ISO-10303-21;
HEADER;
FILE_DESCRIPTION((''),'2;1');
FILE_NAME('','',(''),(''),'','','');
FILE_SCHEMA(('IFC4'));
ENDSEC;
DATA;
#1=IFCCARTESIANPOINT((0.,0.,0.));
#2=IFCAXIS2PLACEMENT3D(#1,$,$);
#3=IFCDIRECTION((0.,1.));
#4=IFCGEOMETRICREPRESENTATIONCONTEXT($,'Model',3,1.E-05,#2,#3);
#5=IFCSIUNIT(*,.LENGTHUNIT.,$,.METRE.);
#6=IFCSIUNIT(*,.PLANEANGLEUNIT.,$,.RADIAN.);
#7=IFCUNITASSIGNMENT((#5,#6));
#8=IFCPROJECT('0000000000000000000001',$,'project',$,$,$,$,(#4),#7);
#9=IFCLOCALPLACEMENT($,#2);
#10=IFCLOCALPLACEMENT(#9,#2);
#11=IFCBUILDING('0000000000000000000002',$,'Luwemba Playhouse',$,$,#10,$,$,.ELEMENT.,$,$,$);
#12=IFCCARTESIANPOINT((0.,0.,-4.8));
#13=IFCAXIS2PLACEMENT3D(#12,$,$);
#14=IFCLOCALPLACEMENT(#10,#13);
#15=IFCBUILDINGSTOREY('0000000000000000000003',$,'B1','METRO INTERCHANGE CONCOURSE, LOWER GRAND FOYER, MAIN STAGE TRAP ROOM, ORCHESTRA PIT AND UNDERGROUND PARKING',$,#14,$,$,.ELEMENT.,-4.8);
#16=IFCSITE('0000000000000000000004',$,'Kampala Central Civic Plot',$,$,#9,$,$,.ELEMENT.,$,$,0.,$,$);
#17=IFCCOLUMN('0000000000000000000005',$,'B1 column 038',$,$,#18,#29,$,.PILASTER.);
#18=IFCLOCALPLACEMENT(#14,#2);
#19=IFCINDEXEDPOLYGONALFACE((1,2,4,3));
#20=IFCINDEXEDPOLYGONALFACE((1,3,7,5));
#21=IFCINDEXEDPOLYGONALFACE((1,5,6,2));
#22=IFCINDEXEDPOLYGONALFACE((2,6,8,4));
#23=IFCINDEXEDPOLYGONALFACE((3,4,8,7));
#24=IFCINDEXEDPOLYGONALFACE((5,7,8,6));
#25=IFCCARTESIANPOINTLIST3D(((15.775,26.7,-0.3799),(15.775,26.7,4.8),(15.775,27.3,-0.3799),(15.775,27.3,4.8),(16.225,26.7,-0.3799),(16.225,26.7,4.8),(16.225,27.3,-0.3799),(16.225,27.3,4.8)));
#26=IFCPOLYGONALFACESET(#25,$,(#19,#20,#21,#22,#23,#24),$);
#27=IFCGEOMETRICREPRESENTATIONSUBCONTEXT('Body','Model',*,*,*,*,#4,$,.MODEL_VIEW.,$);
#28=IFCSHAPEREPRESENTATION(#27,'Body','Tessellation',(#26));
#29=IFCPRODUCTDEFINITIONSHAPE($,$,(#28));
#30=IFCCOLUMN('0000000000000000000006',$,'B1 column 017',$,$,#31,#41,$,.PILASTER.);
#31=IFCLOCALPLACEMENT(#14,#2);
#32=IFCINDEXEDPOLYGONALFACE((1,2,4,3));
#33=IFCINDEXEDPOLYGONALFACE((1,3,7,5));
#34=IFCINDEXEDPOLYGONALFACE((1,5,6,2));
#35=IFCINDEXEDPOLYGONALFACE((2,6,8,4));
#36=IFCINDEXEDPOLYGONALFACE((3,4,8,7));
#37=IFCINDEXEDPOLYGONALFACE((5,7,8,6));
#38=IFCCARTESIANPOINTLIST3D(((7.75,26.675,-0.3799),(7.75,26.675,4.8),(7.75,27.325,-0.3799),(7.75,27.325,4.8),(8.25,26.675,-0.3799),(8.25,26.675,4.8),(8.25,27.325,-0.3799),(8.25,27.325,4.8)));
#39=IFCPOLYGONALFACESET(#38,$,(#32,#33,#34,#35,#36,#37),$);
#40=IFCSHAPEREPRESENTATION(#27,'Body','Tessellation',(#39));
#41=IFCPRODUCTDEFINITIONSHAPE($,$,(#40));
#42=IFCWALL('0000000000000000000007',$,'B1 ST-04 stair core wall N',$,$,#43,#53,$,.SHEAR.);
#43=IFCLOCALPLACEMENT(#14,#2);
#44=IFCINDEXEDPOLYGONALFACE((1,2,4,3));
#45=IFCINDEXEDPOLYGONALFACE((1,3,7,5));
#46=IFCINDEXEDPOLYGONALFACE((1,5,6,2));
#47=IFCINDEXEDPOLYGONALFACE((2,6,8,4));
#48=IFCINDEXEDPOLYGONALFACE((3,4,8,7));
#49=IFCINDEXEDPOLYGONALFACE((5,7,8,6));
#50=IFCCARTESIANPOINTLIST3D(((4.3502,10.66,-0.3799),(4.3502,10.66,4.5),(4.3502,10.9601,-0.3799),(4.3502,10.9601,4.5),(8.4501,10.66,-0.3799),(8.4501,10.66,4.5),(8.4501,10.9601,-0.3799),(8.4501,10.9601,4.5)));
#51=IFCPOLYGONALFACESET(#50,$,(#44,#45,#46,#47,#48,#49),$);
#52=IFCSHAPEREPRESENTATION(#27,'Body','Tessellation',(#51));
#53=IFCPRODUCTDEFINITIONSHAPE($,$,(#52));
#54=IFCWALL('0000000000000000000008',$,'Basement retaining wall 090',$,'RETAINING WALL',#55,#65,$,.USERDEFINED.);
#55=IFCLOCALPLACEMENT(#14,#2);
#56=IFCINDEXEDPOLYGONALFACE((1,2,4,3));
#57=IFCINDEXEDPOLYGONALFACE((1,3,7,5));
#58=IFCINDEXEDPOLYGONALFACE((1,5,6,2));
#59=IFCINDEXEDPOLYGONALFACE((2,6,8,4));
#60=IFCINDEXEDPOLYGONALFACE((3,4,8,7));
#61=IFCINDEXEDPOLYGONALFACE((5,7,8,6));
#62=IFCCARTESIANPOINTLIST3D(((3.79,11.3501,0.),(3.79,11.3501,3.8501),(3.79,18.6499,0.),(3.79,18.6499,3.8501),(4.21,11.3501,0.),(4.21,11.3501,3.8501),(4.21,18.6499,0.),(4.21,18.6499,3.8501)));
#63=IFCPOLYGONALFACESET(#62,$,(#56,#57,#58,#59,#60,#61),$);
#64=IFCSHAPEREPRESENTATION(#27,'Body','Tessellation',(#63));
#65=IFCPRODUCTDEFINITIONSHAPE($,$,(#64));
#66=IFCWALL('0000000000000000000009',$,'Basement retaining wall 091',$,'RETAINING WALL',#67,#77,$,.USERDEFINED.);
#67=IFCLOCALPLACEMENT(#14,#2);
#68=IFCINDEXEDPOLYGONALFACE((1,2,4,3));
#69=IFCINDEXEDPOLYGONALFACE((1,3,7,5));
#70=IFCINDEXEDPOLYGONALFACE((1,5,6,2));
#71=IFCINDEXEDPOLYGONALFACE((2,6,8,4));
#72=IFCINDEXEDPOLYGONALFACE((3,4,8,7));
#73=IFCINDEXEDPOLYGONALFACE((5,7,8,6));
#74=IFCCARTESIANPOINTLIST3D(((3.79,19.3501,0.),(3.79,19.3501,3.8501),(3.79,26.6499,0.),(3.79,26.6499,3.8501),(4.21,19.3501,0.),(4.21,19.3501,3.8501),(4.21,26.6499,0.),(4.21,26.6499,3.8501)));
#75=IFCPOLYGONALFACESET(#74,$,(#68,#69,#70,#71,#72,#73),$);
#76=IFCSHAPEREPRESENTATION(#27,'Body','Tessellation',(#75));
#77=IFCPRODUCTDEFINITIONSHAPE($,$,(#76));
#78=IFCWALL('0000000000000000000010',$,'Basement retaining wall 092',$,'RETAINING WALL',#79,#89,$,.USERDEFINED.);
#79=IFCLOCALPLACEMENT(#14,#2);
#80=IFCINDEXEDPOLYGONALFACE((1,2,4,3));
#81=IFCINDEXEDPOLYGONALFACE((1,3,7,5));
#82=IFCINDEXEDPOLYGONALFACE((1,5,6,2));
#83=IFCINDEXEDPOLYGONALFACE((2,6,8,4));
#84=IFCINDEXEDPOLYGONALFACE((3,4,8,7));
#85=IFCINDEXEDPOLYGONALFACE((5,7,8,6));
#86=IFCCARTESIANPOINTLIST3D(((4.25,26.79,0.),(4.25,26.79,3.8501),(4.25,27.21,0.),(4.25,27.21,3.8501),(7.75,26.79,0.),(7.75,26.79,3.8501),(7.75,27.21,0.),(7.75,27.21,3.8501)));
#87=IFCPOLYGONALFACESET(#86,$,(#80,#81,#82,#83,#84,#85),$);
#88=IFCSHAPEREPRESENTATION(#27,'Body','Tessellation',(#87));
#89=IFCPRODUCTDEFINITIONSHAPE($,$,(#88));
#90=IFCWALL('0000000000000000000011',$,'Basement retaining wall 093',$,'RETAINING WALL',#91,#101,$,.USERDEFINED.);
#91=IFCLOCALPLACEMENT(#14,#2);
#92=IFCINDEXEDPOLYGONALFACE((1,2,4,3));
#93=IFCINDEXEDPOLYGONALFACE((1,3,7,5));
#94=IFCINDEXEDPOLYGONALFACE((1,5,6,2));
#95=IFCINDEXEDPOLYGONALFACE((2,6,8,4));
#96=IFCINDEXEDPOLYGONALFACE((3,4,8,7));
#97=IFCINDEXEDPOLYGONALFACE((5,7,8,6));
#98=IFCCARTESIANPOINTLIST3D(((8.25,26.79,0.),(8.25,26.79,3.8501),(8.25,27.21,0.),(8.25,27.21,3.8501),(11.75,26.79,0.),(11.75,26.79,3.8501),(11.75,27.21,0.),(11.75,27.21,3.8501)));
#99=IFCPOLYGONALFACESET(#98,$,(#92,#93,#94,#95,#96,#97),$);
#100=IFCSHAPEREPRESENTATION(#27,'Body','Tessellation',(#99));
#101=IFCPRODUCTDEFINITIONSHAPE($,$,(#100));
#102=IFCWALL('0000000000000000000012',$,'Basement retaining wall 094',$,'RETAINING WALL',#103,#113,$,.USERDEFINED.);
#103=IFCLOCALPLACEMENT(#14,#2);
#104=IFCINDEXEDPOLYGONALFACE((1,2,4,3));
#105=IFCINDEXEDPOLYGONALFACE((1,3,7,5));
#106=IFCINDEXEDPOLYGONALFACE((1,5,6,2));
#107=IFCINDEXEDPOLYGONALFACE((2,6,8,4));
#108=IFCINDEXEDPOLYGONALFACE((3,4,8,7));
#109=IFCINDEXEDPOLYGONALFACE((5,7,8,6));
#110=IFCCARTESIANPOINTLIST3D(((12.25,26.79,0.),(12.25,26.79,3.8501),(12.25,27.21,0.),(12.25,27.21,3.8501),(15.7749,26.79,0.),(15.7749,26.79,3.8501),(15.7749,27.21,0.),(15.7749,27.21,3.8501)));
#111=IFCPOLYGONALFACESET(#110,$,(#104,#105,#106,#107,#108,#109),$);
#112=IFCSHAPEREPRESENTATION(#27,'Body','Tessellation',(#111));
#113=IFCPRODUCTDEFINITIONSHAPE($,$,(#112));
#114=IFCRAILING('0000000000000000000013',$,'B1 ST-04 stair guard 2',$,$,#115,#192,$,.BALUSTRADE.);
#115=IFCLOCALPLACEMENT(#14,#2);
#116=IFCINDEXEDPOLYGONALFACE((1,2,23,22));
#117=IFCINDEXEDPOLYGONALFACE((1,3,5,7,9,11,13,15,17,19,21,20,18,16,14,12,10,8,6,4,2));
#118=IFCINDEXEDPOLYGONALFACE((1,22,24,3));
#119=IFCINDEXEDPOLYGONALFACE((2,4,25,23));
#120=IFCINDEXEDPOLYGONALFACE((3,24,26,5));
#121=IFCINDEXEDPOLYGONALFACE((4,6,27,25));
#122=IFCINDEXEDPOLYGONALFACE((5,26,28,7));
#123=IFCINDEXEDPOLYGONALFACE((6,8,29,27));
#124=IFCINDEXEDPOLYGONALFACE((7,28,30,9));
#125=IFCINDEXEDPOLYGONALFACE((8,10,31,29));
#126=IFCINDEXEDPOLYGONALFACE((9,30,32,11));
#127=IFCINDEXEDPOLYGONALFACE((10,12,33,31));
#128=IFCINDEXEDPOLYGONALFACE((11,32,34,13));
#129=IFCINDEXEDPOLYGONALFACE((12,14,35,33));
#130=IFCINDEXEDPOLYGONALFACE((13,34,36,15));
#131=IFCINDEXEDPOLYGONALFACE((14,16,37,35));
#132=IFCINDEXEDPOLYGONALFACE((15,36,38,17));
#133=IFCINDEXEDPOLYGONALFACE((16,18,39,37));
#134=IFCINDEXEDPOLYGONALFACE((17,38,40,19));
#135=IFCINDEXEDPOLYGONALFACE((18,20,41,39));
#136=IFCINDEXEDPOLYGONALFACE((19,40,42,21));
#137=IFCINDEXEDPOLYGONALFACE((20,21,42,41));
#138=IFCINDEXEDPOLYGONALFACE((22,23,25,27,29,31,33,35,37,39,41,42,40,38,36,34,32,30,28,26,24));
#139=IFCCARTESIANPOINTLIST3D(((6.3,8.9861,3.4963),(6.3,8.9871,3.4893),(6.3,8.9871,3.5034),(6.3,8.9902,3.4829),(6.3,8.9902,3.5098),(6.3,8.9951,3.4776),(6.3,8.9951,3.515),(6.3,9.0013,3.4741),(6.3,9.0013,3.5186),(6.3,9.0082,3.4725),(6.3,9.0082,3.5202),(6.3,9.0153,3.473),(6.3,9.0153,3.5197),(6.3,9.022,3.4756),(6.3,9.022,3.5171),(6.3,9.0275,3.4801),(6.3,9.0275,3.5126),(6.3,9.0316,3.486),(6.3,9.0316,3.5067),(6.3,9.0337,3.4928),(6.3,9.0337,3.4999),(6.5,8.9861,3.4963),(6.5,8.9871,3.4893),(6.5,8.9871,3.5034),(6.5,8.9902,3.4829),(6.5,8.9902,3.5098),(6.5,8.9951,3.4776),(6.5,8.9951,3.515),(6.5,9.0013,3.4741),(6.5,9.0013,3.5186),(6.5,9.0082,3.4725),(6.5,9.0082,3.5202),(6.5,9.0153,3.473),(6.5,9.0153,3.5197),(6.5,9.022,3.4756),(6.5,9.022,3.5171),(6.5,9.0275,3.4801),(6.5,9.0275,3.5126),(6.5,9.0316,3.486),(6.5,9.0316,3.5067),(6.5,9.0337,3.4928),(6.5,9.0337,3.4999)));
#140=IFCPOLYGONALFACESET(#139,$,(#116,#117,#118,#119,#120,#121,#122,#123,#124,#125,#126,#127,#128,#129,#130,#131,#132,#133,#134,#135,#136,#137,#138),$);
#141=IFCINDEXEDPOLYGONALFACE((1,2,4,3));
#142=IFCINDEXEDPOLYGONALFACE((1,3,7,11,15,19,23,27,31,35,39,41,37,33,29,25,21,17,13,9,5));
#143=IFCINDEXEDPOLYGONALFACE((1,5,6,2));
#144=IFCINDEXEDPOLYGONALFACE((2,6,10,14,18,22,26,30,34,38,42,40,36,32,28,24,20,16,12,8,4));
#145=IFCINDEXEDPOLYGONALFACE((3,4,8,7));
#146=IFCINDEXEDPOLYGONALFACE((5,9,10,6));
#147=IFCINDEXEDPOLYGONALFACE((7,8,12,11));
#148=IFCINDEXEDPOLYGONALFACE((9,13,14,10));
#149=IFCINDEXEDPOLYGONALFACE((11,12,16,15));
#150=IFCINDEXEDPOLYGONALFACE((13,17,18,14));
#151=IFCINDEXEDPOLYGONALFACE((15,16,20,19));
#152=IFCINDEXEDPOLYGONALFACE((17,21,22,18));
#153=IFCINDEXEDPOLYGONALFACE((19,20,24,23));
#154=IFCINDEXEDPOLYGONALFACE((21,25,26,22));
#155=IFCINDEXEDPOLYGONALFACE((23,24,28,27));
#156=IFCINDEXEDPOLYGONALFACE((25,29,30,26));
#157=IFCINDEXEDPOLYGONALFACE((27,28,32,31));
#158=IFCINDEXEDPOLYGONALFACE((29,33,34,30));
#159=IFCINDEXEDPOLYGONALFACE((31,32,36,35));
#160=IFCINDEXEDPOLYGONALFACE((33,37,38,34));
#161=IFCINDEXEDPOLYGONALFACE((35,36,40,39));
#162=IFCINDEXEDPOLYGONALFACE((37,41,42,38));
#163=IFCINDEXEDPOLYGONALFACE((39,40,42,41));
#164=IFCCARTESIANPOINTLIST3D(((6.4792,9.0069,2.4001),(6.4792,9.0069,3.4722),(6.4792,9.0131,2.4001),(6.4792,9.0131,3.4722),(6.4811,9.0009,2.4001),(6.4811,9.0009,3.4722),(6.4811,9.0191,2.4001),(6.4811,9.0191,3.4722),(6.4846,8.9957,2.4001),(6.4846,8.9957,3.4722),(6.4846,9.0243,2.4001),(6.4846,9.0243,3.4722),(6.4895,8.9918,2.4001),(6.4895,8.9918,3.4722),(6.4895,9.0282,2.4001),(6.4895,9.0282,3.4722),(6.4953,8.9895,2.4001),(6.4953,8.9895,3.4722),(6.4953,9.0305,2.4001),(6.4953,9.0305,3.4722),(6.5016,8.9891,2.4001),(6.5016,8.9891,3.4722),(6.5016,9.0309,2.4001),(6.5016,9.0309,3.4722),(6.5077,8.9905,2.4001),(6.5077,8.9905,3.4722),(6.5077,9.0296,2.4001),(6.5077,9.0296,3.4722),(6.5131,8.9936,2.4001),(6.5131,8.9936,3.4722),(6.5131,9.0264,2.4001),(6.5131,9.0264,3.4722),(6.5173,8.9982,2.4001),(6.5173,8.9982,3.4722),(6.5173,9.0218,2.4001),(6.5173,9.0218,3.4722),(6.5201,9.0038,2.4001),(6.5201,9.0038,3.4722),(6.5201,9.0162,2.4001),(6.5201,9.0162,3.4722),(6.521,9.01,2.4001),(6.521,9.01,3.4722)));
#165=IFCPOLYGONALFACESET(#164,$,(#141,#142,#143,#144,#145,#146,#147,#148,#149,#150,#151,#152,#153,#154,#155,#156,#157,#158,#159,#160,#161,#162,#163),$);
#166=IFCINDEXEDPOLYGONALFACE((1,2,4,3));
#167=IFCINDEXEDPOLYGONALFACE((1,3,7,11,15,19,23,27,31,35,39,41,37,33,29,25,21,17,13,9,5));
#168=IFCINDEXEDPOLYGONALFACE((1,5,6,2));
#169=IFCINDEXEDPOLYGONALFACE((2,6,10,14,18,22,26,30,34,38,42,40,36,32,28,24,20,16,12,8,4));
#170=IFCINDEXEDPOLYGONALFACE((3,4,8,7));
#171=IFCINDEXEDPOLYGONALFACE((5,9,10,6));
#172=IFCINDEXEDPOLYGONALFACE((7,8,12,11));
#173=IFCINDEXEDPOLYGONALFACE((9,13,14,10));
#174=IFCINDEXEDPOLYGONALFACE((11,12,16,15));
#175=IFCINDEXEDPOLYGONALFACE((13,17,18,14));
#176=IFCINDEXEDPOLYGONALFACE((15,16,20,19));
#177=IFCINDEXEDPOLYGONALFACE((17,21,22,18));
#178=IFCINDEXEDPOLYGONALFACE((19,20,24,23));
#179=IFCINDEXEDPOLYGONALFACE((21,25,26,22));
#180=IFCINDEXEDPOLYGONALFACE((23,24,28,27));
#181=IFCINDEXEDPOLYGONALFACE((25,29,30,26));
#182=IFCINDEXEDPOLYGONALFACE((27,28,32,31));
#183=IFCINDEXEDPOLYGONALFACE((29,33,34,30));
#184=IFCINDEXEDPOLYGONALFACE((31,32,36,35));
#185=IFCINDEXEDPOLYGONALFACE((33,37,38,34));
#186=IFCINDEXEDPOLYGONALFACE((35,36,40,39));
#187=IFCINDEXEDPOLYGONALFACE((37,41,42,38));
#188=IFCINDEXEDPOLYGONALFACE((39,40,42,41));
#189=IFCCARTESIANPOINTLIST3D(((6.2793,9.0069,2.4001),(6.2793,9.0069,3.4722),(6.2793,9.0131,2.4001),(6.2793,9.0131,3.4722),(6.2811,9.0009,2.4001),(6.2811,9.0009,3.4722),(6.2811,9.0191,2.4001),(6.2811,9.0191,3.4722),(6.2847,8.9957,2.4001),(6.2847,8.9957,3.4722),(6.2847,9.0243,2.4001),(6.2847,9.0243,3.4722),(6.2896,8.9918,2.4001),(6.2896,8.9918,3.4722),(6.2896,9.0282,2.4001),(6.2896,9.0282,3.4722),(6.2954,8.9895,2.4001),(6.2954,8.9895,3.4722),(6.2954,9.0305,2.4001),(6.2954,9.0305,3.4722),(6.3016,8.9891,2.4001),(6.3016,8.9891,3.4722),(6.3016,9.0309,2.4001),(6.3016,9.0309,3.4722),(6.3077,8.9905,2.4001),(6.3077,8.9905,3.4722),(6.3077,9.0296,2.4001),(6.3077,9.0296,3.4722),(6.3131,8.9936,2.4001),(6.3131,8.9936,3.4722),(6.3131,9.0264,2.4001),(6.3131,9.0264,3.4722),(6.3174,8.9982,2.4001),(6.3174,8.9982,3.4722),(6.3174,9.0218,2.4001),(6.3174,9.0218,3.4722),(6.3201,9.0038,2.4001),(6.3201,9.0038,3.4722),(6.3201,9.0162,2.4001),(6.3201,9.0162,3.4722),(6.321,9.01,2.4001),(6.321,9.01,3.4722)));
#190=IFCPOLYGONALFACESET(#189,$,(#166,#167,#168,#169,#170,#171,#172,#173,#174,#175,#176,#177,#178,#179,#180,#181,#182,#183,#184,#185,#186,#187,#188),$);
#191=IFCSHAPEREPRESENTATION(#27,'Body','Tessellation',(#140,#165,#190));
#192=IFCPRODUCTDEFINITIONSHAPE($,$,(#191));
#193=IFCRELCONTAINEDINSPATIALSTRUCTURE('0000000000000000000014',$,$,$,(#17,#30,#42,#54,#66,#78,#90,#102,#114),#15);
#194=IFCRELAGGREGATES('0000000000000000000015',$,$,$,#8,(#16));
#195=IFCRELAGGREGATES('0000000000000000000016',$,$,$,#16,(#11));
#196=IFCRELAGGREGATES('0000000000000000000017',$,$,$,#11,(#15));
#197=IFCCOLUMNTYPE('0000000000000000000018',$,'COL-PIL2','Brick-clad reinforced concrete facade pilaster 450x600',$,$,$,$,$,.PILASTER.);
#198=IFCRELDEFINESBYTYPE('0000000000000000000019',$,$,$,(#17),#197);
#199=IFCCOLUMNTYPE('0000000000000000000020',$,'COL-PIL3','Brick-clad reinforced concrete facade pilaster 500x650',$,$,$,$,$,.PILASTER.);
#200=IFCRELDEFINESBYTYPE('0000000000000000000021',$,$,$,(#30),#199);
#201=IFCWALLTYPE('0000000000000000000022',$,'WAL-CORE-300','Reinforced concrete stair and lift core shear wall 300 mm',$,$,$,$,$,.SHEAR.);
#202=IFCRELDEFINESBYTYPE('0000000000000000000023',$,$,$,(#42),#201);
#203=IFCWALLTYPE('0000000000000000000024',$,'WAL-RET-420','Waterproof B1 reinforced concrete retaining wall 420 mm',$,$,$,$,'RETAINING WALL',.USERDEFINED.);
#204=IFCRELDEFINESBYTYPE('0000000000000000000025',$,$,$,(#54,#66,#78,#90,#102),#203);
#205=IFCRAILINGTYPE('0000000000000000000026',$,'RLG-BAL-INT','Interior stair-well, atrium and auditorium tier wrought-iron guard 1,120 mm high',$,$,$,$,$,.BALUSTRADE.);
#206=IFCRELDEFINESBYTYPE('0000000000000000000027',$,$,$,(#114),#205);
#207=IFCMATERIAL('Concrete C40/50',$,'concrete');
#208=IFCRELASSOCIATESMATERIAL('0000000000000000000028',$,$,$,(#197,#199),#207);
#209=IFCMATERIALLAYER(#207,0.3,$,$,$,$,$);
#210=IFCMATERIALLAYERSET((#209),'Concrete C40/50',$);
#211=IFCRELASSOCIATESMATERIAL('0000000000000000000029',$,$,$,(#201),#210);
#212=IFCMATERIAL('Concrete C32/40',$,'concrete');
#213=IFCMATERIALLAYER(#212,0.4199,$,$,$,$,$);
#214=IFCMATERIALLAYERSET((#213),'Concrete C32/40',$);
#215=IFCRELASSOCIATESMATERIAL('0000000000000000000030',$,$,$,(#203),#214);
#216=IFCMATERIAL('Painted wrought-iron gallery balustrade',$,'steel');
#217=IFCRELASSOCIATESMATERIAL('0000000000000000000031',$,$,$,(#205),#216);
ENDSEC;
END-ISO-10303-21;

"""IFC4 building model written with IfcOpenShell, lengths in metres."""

from ifc_helpers import new_model, si_unit, direction, frame, frame_2d, origin, origin_2d, place, context, subcontext, project, spatial, rectangle, circle, extrude, material, layer, layer_set, material_profile, profile_set, type_object, element, save


model = new_model("IFC4")

# Units and contexts
model_context = context("Model", 3, precision=1e-05, world=origin(), true_north=direction((0.0, 1.0)))
body_context = subcontext(model_context, "Body", "Model", "MODEL_VIEW")
ifc_project = project(units=[si_unit("LENGTHUNIT", "METRE"), si_unit("PLANEANGLEUNIT", "RADIAN")], contexts=[model_context])

# Site, building, storey
site_placement = place(None, origin())
site = spatial("IfcSite", under=ifc_project, at=site_placement, Name="Kampala Central Civic Plot", CompositionType="ELEMENT", RefElevation=0.0)
building_placement = place(site_placement, origin())
building = spatial("IfcBuilding", under=site, at=building_placement, Name="Luwemba Playhouse", CompositionType="ELEMENT")
storey_placement = place(building_placement, frame((0.0, 0.0, -4.8)))
storey = spatial("IfcBuildingStorey", under=building, at=storey_placement, Name="B1", Description="METRO INTERCHANGE CONCOURSE, LOWER GRAND FOYER, MAIN STAGE TRAP ROOM, ORCHESTRA PIT AND UNDERGROUND PARKING", CompositionType="ELEMENT", Elevation=-4.8)

# Shared definitions
ifc_material_1 = material(Name="Concrete C32/40", Category="concrete")

# Columns
ifc_material_2 = material(Name="Concrete C40/50", Category="concrete")
ifc_material_profile_1 = material_profile(ifc_material_2, rectangle(XDim=0.45, YDim=0.6001, at=origin_2d()))
ifc_profile_set_1 = profile_set([ifc_material_profile_1], Name="Concrete C40/50")
column_type_1 = type_object("IfcColumnType", Name="COL-PIL2", Description="Brick-clad reinforced concrete facade pilaster 450x600", PredefinedType="PILASTER", material=ifc_profile_set_1)
column_1_placement = place(storey_placement, frame((16.0, 27.0, -0.3799), z_axis=(0.0, 0.0, 1.0), x_axis=(1.0, 0.0, 0.0)))
element("IfcColumn", 1, at=column_1_placement, inside=storey, type_object=column_type_1, Name="B1 column 038", PredefinedType="PILASTER", context=body_context, shape_type="SweptSolid", body=[
    extrude(rectangle(XDim=0.45, YDim=0.6001, at=origin_2d()), origin(), (0.0, 0.0, 1.0), 5.1799),
])
ifc_material_profile_2 = material_profile(ifc_material_2, rectangle(XDim=0.5, YDim=0.6499, at=origin_2d()))
ifc_profile_set_2 = profile_set([ifc_material_profile_2], Name="Concrete C40/50")
column_type_2 = type_object("IfcColumnType", Name="COL-PIL3", Description="Brick-clad reinforced concrete facade pilaster 500x650", PredefinedType="PILASTER", material=ifc_profile_set_2)
column_2_placement = place(storey_placement, frame((8.0, 27.0, -0.3799), z_axis=(0.0, 0.0, 1.0), x_axis=(1.0, 0.0, 0.0)))
element("IfcColumn", 2, at=column_2_placement, inside=storey, type_object=column_type_2, Name="B1 column 017", PredefinedType="PILASTER", context=body_context, shape_type="SweptSolid", body=[
    extrude(rectangle(XDim=0.5, YDim=0.6499, at=origin_2d()), origin(), (0.0, 0.0, 1.0), 5.1799),
])

# Walls
ifc_layer_1 = layer(ifc_material_2, 0.3)
ifc_layer_set_1 = layer_set([ifc_layer_1], Name="Concrete C40/50")
wall_type_1 = type_object("IfcWallType", Name="WAL-CORE-300", Description="Reinforced concrete stair and lift core shear wall 300 mm", PredefinedType="SHEAR", material=ifc_layer_set_1)
wall_1_placement = place(storey_placement, frame((8.45, 10.8101, -0.3799), z_axis=(0.0, 0.0, 1.0), x_axis=(-1.0, 0.0, 0.0)))
element("IfcWall", 3, at=wall_1_placement, inside=storey, type_object=wall_type_1, Name="B1 ST-04 stair core wall N", PredefinedType="SHEAR", context=body_context, shape_type="SweptSolid", body=[
    extrude(rectangle(XDim=4.0999, YDim=0.3, at=frame_2d((2.0498, 0.0))), origin(), (0.0, 0.0, 1.0), 4.8799),
])
ifc_layer_2 = layer(ifc_material_1, 0.4199)
ifc_layer_set_2 = layer_set([ifc_layer_2], Name="Concrete C32/40")
wall_type_2 = type_object("IfcWallType", Name="WAL-RET-420", Description="Waterproof B1 reinforced concrete retaining wall 420 mm", ElementType="RETAINING WALL", PredefinedType="USERDEFINED", material=ifc_layer_set_2)
for number, where, z_axis, x_axis, name in (
    (4, (4.0, 11.3501, 0.0), (0.0, 0.0, 1.0), (0.0, 1.0, 0.0), "Basement retaining wall 090"),
    (5, (4.0, 19.3501, 0.0), (0.0, 0.0, 1.0), (0.0, 1.0, 0.0), "Basement retaining wall 091"),
):
    element("IfcWall", number, at=place(storey_placement, frame(where, z_axis=z_axis, x_axis=x_axis)), inside=storey, type_object=wall_type_2, Name=name, ObjectType="RETAINING WALL", PredefinedType="USERDEFINED", context=body_context, shape_type="SweptSolid", body=[
        extrude(rectangle(XDim=7.2998, YDim=0.4199, at=frame_2d((3.6499, 0.0))), origin(), (0.0, 0.0, 1.0), 3.8501),
    ])
for number, where, z_axis, x_axis, name in (
    (6, (4.25, 27.0, 0.0), (0.0, 0.0, 1.0), (1.0, 0.0, 0.0), "Basement retaining wall 092"),
    (7, (8.25, 27.0, 0.0), (0.0, 0.0, 1.0), (1.0, 0.0, 0.0), "Basement retaining wall 093"),
):
    element("IfcWall", number, at=place(storey_placement, frame(where, z_axis=z_axis, x_axis=x_axis)), inside=storey, type_object=wall_type_2, Name=name, ObjectType="RETAINING WALL", PredefinedType="USERDEFINED", context=body_context, shape_type="SweptSolid", body=[
        extrude(rectangle(XDim=3.5, YDim=0.4199, at=frame_2d((1.75, 0.0))), origin(), (0.0, 0.0, 1.0), 3.8501),
    ])
wall_2_placement = place(storey_placement, frame((12.25, 27.0, 0.0), z_axis=(0.0, 0.0, 1.0), x_axis=(1.0, 0.0, 0.0)))
element("IfcWall", 8, at=wall_2_placement, inside=storey, type_object=wall_type_2, Name="Basement retaining wall 094", ObjectType="RETAINING WALL", PredefinedType="USERDEFINED", context=body_context, shape_type="SweptSolid", body=[
    extrude(rectangle(XDim=3.5249, YDim=0.4199, at=frame_2d((1.7625, 0.0))), origin(), (0.0, 0.0, 1.0), 3.8501),
])

# Railing
ifc_material_3 = material(Name="Painted wrought-iron gallery balustrade", Category="steel")
railing_type = type_object("IfcRailingType", Name="RLG-BAL-INT", Description="Interior stair-well, atrium and auditorium tier wrought-iron guard 1,120 mm high", PredefinedType="BALUSTRADE", material=ifc_material_3)
railing_placement = place(storey_placement, frame((6.5, 9.01, 2.4001)))
element("IfcRailing", 9, at=railing_placement, inside=storey, type_object=railing_type, Name="B1 ST-04 stair guard 2", PredefinedType="BALUSTRADE", context=body_context, shape_type="SweptSolid", body=[
    extrude(circle(Radius=0.0239, at=origin_2d()), frame((0.0, 0.0, 1.0962), z_axis=(-1.0, 0.0, 0.0), x_axis=(0.0, -1.0, 0.0)), (0.0, 0.0, 1.0), 0.2),
    extrude(circle(Radius=0.021, at=origin_2d()), origin(), (0.0, 0.0, 1.0), 1.072),
    extrude(circle(Radius=0.021, at=origin_2d()), frame((-0.2, 0.0, 0.0)), (0.0, 0.0, 1.0), 1.072),
])

save(model, "model.ifc")
